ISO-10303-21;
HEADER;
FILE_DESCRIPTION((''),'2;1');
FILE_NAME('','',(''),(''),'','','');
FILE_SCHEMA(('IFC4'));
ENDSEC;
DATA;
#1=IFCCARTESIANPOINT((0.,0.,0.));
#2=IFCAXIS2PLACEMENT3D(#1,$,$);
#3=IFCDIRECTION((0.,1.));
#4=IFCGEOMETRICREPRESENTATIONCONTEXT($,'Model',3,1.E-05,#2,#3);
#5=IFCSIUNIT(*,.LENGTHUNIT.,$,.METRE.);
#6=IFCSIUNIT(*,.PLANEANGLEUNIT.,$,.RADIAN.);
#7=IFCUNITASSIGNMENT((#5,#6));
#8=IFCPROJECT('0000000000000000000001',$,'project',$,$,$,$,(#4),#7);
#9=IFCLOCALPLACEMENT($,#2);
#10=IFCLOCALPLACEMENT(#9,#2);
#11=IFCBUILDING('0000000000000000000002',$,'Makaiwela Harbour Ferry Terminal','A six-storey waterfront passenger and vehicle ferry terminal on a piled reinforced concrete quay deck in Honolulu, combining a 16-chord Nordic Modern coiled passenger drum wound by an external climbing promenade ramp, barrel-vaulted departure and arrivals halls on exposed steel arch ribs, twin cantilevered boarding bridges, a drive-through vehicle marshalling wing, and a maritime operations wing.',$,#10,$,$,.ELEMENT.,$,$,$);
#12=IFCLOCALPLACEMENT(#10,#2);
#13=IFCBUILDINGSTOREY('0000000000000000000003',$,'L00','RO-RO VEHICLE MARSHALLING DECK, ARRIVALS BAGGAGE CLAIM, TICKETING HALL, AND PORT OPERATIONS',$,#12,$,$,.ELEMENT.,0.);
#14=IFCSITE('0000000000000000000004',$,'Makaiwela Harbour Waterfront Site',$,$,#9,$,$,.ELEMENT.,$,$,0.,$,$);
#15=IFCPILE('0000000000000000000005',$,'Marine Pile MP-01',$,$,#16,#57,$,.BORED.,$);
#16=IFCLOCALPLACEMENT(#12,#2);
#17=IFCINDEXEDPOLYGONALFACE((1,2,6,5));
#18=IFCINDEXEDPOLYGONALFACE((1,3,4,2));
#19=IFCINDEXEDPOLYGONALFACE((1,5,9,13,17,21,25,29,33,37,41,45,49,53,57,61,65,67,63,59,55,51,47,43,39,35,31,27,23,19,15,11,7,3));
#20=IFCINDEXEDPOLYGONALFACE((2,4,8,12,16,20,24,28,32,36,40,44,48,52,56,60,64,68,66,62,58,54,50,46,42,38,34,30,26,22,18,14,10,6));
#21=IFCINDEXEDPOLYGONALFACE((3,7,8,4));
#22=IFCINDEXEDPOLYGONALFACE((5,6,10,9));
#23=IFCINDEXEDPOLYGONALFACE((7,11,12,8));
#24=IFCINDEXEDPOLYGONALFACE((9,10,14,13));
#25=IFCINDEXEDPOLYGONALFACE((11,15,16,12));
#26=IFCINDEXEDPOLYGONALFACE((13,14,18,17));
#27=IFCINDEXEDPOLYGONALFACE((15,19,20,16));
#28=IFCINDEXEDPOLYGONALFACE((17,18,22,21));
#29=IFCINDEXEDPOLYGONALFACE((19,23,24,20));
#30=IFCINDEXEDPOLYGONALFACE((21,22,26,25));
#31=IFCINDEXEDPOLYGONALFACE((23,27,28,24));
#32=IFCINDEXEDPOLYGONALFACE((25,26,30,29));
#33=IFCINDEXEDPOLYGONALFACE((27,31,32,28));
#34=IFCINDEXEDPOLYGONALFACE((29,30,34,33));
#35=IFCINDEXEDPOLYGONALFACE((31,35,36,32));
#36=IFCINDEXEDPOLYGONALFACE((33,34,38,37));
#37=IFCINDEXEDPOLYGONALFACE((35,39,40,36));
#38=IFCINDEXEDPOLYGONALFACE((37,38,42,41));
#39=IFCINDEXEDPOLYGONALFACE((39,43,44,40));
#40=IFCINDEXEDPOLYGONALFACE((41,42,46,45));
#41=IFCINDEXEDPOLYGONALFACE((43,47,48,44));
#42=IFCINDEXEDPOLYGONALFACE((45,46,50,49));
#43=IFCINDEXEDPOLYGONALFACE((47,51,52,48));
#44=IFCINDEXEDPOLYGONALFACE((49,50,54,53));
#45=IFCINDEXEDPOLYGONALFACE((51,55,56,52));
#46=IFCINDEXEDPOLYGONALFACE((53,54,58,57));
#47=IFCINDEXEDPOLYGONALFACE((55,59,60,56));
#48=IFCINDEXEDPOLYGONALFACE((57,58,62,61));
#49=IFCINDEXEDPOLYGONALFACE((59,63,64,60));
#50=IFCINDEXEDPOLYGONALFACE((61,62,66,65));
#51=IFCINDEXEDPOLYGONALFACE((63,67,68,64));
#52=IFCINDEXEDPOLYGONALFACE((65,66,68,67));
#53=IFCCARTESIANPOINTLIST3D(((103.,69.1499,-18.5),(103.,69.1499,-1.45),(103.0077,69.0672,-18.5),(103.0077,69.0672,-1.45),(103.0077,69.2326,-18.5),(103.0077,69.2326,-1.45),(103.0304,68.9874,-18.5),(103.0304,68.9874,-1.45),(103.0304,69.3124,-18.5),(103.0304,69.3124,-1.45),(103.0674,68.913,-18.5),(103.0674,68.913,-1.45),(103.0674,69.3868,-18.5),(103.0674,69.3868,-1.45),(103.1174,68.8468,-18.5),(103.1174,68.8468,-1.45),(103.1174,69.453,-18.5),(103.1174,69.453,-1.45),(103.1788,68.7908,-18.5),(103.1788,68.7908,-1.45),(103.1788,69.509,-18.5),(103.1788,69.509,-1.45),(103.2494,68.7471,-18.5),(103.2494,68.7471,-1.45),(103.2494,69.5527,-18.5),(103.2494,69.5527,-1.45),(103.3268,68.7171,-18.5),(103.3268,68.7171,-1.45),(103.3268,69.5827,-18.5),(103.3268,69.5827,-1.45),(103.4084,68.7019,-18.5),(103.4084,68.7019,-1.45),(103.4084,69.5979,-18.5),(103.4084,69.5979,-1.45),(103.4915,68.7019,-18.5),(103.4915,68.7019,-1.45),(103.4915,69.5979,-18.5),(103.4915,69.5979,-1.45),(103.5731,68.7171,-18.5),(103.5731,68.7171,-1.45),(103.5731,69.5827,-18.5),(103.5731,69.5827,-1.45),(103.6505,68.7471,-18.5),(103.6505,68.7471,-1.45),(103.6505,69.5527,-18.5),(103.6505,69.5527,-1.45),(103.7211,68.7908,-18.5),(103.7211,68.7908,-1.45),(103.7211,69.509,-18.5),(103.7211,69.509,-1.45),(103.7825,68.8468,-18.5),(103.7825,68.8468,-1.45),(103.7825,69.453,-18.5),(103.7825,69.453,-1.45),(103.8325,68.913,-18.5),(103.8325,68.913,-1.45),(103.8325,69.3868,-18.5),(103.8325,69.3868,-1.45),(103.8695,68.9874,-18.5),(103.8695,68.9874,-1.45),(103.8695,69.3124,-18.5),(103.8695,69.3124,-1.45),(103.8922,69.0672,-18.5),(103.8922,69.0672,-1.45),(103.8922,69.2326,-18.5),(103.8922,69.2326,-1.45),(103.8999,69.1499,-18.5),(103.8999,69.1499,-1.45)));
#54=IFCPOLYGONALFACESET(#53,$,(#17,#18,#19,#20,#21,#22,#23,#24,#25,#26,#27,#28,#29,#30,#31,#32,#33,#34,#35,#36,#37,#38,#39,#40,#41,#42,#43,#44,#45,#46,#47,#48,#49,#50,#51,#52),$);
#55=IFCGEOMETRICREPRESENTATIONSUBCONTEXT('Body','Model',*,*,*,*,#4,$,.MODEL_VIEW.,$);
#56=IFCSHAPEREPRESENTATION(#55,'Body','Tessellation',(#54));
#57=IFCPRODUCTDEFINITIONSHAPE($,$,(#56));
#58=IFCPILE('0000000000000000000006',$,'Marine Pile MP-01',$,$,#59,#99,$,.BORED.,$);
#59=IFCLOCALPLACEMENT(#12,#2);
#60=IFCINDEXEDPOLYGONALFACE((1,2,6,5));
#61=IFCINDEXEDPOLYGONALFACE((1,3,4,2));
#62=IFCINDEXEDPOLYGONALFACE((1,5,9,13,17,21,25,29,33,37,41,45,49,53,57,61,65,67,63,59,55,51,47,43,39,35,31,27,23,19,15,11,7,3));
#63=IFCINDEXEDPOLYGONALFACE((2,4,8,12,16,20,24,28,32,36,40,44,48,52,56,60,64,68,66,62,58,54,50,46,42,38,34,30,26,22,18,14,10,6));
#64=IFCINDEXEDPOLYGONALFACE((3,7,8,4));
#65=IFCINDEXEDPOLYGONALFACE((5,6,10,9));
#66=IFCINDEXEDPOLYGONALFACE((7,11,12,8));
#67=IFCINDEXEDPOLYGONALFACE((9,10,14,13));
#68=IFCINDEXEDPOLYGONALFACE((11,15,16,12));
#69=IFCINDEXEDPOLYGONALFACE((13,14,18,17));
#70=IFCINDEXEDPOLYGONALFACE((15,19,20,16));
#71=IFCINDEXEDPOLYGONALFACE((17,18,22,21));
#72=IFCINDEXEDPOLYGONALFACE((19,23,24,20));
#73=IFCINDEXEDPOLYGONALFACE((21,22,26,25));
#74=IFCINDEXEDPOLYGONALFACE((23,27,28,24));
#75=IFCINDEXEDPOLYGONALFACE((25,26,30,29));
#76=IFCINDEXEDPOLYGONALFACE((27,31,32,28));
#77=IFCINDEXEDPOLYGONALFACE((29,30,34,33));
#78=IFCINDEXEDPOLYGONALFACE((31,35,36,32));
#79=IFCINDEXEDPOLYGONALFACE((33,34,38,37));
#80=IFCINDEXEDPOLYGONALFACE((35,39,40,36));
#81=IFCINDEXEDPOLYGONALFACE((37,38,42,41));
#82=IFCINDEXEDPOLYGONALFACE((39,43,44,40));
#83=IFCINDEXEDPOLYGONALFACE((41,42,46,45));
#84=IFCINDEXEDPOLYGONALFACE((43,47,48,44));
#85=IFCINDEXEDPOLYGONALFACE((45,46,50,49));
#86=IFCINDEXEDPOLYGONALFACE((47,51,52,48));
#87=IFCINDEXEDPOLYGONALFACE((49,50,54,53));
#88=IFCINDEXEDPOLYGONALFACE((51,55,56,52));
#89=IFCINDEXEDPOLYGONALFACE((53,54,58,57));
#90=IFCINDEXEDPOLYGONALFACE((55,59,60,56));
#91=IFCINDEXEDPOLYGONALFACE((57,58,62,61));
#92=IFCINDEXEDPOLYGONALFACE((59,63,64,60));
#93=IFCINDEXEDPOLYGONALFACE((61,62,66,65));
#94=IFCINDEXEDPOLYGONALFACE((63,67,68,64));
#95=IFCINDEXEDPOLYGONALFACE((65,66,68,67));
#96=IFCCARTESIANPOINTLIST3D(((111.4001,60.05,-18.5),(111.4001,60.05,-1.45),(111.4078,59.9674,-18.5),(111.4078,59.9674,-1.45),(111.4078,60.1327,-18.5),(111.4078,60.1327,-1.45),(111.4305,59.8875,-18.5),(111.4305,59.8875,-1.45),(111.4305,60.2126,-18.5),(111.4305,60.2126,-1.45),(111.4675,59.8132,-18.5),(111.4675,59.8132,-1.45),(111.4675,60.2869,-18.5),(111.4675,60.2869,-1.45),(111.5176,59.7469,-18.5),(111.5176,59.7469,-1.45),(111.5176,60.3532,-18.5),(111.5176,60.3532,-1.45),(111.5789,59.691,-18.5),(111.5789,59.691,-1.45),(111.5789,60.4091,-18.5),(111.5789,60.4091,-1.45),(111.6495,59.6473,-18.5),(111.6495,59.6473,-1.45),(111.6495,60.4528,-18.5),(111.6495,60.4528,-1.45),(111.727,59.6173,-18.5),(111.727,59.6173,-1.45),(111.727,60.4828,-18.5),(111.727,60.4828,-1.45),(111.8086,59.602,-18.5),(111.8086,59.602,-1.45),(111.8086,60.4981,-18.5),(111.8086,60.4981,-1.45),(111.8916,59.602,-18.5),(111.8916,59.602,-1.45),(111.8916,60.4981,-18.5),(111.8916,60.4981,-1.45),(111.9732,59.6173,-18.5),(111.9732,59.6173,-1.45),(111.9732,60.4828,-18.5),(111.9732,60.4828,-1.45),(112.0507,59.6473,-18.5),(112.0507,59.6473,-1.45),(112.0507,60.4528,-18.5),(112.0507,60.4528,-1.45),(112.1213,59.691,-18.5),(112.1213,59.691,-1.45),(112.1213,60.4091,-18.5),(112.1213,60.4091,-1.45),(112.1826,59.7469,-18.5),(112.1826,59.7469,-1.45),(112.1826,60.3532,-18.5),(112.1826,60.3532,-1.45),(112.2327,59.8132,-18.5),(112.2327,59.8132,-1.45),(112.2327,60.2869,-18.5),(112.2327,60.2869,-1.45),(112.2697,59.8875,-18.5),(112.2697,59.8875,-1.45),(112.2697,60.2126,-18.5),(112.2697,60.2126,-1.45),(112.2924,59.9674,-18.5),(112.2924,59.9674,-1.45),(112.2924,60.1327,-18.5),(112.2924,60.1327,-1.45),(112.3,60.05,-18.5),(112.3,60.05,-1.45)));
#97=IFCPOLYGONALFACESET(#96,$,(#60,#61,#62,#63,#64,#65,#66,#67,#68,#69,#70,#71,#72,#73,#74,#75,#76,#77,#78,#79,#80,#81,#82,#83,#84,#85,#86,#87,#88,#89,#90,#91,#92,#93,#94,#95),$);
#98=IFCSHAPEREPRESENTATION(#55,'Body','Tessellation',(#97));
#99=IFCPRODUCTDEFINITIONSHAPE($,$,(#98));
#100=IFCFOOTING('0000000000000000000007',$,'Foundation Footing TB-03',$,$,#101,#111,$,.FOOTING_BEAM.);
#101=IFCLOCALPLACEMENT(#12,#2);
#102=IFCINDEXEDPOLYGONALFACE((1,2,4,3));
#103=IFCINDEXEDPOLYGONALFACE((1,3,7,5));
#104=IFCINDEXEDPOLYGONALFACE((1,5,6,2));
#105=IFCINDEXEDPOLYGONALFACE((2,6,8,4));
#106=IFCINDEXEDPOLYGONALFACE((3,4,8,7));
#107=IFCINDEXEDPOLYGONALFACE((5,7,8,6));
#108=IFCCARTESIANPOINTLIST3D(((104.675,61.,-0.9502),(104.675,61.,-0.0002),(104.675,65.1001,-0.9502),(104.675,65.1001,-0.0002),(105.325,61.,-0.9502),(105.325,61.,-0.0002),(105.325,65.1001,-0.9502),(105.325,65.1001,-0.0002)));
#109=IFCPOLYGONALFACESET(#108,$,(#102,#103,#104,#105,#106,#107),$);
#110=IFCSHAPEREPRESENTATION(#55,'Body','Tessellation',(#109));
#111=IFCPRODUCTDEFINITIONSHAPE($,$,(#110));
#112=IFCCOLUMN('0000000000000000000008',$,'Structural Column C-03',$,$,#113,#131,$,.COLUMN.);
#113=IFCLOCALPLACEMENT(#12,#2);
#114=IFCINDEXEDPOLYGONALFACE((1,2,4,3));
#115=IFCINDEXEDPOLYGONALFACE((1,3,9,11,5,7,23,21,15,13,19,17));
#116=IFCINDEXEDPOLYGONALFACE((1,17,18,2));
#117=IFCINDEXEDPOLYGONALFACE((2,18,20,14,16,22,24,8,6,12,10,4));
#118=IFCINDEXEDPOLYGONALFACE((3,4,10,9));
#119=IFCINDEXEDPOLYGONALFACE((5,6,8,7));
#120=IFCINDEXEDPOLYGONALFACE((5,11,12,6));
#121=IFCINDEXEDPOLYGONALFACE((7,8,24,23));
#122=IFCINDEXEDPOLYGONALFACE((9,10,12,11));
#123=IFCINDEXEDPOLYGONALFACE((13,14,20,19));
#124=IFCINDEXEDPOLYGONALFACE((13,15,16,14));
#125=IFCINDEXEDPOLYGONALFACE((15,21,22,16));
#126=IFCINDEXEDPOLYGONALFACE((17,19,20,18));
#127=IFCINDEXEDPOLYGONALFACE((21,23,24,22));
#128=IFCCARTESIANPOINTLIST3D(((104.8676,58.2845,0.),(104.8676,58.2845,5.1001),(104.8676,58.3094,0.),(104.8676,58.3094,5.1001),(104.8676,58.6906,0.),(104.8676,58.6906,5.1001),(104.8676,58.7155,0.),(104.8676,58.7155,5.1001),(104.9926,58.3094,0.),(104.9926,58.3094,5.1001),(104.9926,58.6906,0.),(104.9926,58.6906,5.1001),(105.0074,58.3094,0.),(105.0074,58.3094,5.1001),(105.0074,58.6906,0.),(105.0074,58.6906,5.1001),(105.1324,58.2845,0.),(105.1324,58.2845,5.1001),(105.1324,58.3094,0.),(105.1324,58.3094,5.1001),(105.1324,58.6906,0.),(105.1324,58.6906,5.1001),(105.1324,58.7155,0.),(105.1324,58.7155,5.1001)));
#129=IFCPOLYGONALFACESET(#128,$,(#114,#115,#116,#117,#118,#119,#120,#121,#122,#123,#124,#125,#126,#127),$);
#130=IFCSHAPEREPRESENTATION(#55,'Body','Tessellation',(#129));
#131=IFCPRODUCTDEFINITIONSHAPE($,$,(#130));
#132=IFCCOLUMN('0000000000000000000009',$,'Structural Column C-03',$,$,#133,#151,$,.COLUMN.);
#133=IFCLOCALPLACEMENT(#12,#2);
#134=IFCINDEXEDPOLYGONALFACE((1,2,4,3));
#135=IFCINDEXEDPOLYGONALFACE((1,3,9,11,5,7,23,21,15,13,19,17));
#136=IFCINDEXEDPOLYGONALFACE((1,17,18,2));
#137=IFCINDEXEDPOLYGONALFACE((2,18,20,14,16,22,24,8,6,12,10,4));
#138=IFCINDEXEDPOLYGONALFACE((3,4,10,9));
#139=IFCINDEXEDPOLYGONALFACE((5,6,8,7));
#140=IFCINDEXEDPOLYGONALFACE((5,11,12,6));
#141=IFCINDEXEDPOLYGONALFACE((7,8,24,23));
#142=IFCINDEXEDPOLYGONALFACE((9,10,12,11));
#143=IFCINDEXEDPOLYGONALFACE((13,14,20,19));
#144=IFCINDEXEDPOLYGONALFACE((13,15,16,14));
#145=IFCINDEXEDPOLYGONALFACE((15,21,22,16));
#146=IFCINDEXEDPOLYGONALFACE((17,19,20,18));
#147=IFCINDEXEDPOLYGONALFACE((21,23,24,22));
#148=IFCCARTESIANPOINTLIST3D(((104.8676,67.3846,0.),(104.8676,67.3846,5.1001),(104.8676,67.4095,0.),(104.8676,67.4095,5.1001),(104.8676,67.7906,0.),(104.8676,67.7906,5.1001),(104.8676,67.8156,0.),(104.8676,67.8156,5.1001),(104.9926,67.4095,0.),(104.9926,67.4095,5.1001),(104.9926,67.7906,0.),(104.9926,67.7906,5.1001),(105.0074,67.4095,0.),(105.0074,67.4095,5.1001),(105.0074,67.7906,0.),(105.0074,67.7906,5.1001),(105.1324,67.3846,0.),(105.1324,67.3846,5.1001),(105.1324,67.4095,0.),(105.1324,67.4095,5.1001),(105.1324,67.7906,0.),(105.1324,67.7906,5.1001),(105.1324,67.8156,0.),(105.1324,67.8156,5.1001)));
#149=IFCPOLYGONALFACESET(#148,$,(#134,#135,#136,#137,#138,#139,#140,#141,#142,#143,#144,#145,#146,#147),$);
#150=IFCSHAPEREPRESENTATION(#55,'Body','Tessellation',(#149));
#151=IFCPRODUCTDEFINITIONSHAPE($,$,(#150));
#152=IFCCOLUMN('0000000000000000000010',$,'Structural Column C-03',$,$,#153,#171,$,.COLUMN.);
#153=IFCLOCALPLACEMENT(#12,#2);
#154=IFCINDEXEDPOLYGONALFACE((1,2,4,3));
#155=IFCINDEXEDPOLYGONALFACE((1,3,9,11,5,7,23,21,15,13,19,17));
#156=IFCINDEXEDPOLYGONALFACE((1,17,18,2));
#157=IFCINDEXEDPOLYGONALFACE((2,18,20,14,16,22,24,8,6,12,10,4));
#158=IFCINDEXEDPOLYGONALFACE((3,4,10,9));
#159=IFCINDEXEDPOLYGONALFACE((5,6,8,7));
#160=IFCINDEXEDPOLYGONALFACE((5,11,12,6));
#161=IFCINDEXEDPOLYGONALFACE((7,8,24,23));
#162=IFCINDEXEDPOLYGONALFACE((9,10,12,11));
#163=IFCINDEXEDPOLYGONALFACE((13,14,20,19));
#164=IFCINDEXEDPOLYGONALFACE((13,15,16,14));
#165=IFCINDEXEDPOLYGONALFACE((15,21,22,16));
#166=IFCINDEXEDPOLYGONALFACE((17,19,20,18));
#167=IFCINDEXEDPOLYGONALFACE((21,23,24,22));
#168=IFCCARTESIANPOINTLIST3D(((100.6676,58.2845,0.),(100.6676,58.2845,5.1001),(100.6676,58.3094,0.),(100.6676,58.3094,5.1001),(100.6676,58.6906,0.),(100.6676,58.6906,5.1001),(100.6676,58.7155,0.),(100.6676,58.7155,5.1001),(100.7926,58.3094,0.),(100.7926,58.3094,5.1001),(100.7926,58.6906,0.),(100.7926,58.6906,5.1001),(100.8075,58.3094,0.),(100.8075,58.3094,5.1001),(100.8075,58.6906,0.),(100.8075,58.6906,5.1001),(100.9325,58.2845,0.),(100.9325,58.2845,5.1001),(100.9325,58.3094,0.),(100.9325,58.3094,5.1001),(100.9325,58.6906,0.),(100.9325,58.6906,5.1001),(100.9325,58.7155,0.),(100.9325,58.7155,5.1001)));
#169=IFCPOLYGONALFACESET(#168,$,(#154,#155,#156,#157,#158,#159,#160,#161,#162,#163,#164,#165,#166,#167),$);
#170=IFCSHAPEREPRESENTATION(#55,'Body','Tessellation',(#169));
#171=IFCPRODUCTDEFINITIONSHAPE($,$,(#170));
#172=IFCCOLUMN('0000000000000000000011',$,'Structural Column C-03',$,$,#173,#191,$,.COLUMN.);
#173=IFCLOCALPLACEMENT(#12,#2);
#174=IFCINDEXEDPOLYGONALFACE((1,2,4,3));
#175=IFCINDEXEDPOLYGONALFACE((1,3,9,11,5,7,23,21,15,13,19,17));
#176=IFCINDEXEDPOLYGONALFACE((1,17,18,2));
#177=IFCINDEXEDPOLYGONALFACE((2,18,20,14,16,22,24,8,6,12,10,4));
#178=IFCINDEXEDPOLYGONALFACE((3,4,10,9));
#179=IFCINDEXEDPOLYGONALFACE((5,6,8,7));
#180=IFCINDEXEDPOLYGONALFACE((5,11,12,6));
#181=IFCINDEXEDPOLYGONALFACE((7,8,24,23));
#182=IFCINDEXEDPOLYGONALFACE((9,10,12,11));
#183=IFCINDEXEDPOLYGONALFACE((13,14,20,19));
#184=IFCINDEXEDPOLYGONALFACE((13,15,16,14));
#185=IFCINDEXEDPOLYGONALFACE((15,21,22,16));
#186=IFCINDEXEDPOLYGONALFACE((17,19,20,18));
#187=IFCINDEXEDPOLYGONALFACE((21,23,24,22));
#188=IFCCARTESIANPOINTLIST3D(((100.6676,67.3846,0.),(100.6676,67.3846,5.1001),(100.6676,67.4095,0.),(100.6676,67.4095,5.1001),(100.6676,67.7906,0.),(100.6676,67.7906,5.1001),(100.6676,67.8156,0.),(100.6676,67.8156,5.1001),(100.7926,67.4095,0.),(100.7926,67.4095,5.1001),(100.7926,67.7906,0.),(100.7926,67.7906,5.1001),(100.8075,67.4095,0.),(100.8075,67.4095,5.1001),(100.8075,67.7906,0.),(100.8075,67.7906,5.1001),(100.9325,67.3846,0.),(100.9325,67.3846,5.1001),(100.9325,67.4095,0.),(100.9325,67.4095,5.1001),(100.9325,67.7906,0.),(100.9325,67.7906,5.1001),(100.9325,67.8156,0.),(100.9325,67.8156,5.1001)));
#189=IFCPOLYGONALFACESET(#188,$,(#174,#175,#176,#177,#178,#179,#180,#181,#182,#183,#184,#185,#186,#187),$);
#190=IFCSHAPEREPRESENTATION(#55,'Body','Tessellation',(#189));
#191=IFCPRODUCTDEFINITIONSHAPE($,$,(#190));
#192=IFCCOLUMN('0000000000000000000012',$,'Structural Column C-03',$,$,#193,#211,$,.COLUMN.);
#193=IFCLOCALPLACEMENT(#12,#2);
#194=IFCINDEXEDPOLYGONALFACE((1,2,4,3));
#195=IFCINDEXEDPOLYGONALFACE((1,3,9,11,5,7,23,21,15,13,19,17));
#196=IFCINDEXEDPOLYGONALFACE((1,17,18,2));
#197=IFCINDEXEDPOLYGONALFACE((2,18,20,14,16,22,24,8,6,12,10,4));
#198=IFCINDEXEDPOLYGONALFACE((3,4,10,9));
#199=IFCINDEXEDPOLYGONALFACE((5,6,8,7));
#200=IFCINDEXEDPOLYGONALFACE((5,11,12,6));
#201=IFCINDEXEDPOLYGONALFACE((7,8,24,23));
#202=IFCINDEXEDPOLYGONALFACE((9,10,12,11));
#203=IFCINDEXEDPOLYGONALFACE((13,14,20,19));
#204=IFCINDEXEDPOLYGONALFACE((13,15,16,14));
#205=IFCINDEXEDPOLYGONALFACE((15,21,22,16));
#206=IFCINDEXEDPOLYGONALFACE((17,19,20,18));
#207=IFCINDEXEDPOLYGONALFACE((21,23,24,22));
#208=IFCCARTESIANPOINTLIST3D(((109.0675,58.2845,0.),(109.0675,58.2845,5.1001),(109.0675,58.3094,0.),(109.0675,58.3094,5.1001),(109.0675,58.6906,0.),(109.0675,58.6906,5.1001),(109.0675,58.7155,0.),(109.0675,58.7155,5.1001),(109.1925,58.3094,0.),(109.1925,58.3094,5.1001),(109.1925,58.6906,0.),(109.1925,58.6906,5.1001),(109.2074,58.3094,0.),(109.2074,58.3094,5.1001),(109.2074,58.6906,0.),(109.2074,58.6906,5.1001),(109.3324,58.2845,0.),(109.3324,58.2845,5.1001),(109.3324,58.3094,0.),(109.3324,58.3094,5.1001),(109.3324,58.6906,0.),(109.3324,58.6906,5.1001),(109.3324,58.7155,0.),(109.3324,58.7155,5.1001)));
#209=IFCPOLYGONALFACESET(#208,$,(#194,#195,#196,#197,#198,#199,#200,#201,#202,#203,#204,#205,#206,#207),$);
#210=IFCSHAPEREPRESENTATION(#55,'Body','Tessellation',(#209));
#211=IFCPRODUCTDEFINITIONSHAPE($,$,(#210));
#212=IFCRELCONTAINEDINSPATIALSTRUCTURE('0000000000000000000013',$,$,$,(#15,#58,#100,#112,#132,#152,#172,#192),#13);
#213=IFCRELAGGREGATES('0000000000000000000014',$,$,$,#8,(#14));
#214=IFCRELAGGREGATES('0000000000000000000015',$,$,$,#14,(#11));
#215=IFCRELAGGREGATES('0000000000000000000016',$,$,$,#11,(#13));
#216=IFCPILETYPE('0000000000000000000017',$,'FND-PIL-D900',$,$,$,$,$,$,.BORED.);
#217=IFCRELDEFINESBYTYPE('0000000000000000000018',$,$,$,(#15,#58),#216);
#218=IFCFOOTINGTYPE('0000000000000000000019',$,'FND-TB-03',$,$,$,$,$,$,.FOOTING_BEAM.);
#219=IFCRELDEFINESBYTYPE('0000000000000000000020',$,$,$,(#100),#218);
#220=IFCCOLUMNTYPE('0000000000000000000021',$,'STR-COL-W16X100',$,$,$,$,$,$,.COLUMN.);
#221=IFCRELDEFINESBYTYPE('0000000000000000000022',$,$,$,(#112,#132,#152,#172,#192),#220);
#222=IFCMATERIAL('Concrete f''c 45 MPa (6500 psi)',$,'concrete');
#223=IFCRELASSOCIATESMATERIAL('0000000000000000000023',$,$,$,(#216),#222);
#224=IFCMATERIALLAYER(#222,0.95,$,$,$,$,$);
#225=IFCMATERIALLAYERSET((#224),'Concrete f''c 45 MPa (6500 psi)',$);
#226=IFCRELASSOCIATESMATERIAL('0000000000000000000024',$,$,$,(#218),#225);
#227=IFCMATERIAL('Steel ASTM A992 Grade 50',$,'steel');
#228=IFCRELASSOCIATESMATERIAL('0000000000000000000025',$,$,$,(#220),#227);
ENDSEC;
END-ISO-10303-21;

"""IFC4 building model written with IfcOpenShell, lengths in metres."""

from ifc_helpers import new_model, si_unit, direction, frame, origin, origin_2d, place, context, subcontext, project, spatial, rectangle, circle, i_section, extrude, material, layer, layer_set, material_profile, profile_set, type_object, element, save


model = new_model("IFC4")

# Units and contexts
model_context = context("Model", 3, precision=1e-05, world=origin(), true_north=direction((0.0, 1.0)))
body_context = subcontext(model_context, "Body", "Model", "MODEL_VIEW")
ifc_project = project(units=[si_unit("LENGTHUNIT", "METRE"), si_unit("PLANEANGLEUNIT", "RADIAN")], contexts=[model_context])

# Site, building, storey
site_placement = place(None, origin())
site = spatial("IfcSite", under=ifc_project, at=site_placement, Name="Makaiwela Harbour Waterfront Site", CompositionType="ELEMENT", RefElevation=0.0)
building_placement = place(site_placement, origin())
building = spatial("IfcBuilding", under=site, at=building_placement, Name="Makaiwela Harbour Ferry Terminal", Description="A six-storey waterfront passenger and vehicle ferry terminal on a piled reinforced concrete quay deck in Honolulu, combining a 16-chord Nordic Modern coiled passenger drum wound by an external climbing promenade ramp, barrel-vaulted departure and arrivals halls on exposed steel arch ribs, twin cantilevered boarding bridges, a drive-through vehicle marshalling wing, and a maritime operations wing.", CompositionType="ELEMENT")
storey_placement = place(building_placement, origin())
storey = spatial("IfcBuildingStorey", under=building, at=storey_placement, Name="L00", Description="RO-RO VEHICLE MARSHALLING DECK, ARRIVALS BAGGAGE CLAIM, TICKETING HALL, AND PORT OPERATIONS", CompositionType="ELEMENT", Elevation=0.0)

# Shared definitions
ifc_material_1 = material(Name="Concrete f'c 45 MPa (6500 psi)", Category="concrete")

# Piles
ifc_material_profile_1 = material_profile(ifc_material_1, circle(Radius=0.45, at=origin_2d()), Name="PILE-D900")
ifc_profile_set_1 = profile_set([ifc_material_profile_1], Name="Concrete f'c 45 MPa (6500 psi)")
pile_type = type_object("IfcPileType", Name="FND-PIL-D900", PredefinedType="BORED", material=ifc_profile_set_1)
for number, where, z_axis, x_axis, name in (
    (1, (103.45, 69.1499, -1.45), (0.0, 0.0, -1.0), (1.0, 0.0, 0.0), "Marine Pile MP-01"),
    (2, (111.8501, 60.05, -1.45), (0.0, 0.0, -1.0), (1.0, 0.0, 0.0), "Marine Pile MP-01"),
):
    element("IfcPile", number, at=place(storey_placement, frame(where, z_axis=z_axis, x_axis=x_axis)), inside=storey, type_object=pile_type, Name=name, PredefinedType="BORED", context=body_context, shape_type="SweptSolid", body=[
        extrude(circle(Radius=0.45, at=origin_2d()), origin(), (0.0, 0.0, 1.0), 17.05),
    ])

# Footing
ifc_layer_1 = layer(ifc_material_1, 0.95)
ifc_layer_set_1 = layer_set([ifc_layer_1], Name="Concrete f'c 45 MPa (6500 psi)")
footing_type_1 = type_object("IfcFootingType", Name="FND-TB-03", PredefinedType="FOOTING_BEAM", material=ifc_layer_set_1)
footing_placement = place(storey_placement, frame((105.0, 63.05, -0.9502), z_axis=(0.0, 0.0, 1.0), x_axis=(0.0, 1.0, 0.0)))
element("IfcFooting", 3, at=footing_placement, inside=storey, type_object=footing_type_1, Name="Foundation Footing TB-03", PredefinedType="FOOTING_BEAM", context=body_context, shape_type="SweptSolid", body=[
    extrude(rectangle(XDim=4.1001, YDim=0.6499, at=origin_2d()), origin(), (0.0, 0.0, 1.0), 0.95),
])

# Columns
ifc_material_2 = material(Name="Steel ASTM A992 Grade 50", Category="steel")
ifc_material_profile_2 = material_profile(ifc_material_2, i_section(OverallWidth=0.2649, OverallDepth=0.4309, WebThickness=0.0149, FlangeThickness=0.0249, at=origin_2d()), Name="W16X100")
ifc_profile_set_2 = profile_set([ifc_material_profile_2], Name="Steel ASTM A992 Grade 50")
column_type = type_object("IfcColumnType", Name="STR-COL-W16X100", PredefinedType="COLUMN", material=ifc_profile_set_2)
for number, where, z_axis, x_axis, name in (
    (4, (105.0, 58.5, 0.0), (0.0, 0.0, 1.0), (1.0, 0.0, 0.0), "Structural Column C-03"),
    (5, (105.0, 67.6001, 0.0), (0.0, 0.0, 1.0), (1.0, 0.0, 0.0), "Structural Column C-03"),
    (6, (100.8, 58.5, 0.0), (0.0, 0.0, 1.0), (1.0, 0.0, 0.0), "Structural Column C-03"),
    (7, (100.8, 67.6001, 0.0), (0.0, 0.0, 1.0), (1.0, 0.0, 0.0), "Structural Column C-03"),
    (8, (109.2, 58.5, 0.0), (0.0, 0.0, 1.0), (1.0, 0.0, 0.0), "Structural Column C-03"),
):
    element("IfcColumn", number, at=place(storey_placement, frame(where, z_axis=z_axis, x_axis=x_axis)), inside=storey, type_object=column_type, Name=name, PredefinedType="COLUMN", context=body_context, shape_type="SweptSolid", body=[
        extrude(i_section(OverallWidth=0.2649, OverallDepth=0.4309, WebThickness=0.0149, FlangeThickness=0.0249, at=origin_2d()), origin(), (0.0, 0.0, 1.0), 5.1001),
    ])

save(model, "model.ifc")
